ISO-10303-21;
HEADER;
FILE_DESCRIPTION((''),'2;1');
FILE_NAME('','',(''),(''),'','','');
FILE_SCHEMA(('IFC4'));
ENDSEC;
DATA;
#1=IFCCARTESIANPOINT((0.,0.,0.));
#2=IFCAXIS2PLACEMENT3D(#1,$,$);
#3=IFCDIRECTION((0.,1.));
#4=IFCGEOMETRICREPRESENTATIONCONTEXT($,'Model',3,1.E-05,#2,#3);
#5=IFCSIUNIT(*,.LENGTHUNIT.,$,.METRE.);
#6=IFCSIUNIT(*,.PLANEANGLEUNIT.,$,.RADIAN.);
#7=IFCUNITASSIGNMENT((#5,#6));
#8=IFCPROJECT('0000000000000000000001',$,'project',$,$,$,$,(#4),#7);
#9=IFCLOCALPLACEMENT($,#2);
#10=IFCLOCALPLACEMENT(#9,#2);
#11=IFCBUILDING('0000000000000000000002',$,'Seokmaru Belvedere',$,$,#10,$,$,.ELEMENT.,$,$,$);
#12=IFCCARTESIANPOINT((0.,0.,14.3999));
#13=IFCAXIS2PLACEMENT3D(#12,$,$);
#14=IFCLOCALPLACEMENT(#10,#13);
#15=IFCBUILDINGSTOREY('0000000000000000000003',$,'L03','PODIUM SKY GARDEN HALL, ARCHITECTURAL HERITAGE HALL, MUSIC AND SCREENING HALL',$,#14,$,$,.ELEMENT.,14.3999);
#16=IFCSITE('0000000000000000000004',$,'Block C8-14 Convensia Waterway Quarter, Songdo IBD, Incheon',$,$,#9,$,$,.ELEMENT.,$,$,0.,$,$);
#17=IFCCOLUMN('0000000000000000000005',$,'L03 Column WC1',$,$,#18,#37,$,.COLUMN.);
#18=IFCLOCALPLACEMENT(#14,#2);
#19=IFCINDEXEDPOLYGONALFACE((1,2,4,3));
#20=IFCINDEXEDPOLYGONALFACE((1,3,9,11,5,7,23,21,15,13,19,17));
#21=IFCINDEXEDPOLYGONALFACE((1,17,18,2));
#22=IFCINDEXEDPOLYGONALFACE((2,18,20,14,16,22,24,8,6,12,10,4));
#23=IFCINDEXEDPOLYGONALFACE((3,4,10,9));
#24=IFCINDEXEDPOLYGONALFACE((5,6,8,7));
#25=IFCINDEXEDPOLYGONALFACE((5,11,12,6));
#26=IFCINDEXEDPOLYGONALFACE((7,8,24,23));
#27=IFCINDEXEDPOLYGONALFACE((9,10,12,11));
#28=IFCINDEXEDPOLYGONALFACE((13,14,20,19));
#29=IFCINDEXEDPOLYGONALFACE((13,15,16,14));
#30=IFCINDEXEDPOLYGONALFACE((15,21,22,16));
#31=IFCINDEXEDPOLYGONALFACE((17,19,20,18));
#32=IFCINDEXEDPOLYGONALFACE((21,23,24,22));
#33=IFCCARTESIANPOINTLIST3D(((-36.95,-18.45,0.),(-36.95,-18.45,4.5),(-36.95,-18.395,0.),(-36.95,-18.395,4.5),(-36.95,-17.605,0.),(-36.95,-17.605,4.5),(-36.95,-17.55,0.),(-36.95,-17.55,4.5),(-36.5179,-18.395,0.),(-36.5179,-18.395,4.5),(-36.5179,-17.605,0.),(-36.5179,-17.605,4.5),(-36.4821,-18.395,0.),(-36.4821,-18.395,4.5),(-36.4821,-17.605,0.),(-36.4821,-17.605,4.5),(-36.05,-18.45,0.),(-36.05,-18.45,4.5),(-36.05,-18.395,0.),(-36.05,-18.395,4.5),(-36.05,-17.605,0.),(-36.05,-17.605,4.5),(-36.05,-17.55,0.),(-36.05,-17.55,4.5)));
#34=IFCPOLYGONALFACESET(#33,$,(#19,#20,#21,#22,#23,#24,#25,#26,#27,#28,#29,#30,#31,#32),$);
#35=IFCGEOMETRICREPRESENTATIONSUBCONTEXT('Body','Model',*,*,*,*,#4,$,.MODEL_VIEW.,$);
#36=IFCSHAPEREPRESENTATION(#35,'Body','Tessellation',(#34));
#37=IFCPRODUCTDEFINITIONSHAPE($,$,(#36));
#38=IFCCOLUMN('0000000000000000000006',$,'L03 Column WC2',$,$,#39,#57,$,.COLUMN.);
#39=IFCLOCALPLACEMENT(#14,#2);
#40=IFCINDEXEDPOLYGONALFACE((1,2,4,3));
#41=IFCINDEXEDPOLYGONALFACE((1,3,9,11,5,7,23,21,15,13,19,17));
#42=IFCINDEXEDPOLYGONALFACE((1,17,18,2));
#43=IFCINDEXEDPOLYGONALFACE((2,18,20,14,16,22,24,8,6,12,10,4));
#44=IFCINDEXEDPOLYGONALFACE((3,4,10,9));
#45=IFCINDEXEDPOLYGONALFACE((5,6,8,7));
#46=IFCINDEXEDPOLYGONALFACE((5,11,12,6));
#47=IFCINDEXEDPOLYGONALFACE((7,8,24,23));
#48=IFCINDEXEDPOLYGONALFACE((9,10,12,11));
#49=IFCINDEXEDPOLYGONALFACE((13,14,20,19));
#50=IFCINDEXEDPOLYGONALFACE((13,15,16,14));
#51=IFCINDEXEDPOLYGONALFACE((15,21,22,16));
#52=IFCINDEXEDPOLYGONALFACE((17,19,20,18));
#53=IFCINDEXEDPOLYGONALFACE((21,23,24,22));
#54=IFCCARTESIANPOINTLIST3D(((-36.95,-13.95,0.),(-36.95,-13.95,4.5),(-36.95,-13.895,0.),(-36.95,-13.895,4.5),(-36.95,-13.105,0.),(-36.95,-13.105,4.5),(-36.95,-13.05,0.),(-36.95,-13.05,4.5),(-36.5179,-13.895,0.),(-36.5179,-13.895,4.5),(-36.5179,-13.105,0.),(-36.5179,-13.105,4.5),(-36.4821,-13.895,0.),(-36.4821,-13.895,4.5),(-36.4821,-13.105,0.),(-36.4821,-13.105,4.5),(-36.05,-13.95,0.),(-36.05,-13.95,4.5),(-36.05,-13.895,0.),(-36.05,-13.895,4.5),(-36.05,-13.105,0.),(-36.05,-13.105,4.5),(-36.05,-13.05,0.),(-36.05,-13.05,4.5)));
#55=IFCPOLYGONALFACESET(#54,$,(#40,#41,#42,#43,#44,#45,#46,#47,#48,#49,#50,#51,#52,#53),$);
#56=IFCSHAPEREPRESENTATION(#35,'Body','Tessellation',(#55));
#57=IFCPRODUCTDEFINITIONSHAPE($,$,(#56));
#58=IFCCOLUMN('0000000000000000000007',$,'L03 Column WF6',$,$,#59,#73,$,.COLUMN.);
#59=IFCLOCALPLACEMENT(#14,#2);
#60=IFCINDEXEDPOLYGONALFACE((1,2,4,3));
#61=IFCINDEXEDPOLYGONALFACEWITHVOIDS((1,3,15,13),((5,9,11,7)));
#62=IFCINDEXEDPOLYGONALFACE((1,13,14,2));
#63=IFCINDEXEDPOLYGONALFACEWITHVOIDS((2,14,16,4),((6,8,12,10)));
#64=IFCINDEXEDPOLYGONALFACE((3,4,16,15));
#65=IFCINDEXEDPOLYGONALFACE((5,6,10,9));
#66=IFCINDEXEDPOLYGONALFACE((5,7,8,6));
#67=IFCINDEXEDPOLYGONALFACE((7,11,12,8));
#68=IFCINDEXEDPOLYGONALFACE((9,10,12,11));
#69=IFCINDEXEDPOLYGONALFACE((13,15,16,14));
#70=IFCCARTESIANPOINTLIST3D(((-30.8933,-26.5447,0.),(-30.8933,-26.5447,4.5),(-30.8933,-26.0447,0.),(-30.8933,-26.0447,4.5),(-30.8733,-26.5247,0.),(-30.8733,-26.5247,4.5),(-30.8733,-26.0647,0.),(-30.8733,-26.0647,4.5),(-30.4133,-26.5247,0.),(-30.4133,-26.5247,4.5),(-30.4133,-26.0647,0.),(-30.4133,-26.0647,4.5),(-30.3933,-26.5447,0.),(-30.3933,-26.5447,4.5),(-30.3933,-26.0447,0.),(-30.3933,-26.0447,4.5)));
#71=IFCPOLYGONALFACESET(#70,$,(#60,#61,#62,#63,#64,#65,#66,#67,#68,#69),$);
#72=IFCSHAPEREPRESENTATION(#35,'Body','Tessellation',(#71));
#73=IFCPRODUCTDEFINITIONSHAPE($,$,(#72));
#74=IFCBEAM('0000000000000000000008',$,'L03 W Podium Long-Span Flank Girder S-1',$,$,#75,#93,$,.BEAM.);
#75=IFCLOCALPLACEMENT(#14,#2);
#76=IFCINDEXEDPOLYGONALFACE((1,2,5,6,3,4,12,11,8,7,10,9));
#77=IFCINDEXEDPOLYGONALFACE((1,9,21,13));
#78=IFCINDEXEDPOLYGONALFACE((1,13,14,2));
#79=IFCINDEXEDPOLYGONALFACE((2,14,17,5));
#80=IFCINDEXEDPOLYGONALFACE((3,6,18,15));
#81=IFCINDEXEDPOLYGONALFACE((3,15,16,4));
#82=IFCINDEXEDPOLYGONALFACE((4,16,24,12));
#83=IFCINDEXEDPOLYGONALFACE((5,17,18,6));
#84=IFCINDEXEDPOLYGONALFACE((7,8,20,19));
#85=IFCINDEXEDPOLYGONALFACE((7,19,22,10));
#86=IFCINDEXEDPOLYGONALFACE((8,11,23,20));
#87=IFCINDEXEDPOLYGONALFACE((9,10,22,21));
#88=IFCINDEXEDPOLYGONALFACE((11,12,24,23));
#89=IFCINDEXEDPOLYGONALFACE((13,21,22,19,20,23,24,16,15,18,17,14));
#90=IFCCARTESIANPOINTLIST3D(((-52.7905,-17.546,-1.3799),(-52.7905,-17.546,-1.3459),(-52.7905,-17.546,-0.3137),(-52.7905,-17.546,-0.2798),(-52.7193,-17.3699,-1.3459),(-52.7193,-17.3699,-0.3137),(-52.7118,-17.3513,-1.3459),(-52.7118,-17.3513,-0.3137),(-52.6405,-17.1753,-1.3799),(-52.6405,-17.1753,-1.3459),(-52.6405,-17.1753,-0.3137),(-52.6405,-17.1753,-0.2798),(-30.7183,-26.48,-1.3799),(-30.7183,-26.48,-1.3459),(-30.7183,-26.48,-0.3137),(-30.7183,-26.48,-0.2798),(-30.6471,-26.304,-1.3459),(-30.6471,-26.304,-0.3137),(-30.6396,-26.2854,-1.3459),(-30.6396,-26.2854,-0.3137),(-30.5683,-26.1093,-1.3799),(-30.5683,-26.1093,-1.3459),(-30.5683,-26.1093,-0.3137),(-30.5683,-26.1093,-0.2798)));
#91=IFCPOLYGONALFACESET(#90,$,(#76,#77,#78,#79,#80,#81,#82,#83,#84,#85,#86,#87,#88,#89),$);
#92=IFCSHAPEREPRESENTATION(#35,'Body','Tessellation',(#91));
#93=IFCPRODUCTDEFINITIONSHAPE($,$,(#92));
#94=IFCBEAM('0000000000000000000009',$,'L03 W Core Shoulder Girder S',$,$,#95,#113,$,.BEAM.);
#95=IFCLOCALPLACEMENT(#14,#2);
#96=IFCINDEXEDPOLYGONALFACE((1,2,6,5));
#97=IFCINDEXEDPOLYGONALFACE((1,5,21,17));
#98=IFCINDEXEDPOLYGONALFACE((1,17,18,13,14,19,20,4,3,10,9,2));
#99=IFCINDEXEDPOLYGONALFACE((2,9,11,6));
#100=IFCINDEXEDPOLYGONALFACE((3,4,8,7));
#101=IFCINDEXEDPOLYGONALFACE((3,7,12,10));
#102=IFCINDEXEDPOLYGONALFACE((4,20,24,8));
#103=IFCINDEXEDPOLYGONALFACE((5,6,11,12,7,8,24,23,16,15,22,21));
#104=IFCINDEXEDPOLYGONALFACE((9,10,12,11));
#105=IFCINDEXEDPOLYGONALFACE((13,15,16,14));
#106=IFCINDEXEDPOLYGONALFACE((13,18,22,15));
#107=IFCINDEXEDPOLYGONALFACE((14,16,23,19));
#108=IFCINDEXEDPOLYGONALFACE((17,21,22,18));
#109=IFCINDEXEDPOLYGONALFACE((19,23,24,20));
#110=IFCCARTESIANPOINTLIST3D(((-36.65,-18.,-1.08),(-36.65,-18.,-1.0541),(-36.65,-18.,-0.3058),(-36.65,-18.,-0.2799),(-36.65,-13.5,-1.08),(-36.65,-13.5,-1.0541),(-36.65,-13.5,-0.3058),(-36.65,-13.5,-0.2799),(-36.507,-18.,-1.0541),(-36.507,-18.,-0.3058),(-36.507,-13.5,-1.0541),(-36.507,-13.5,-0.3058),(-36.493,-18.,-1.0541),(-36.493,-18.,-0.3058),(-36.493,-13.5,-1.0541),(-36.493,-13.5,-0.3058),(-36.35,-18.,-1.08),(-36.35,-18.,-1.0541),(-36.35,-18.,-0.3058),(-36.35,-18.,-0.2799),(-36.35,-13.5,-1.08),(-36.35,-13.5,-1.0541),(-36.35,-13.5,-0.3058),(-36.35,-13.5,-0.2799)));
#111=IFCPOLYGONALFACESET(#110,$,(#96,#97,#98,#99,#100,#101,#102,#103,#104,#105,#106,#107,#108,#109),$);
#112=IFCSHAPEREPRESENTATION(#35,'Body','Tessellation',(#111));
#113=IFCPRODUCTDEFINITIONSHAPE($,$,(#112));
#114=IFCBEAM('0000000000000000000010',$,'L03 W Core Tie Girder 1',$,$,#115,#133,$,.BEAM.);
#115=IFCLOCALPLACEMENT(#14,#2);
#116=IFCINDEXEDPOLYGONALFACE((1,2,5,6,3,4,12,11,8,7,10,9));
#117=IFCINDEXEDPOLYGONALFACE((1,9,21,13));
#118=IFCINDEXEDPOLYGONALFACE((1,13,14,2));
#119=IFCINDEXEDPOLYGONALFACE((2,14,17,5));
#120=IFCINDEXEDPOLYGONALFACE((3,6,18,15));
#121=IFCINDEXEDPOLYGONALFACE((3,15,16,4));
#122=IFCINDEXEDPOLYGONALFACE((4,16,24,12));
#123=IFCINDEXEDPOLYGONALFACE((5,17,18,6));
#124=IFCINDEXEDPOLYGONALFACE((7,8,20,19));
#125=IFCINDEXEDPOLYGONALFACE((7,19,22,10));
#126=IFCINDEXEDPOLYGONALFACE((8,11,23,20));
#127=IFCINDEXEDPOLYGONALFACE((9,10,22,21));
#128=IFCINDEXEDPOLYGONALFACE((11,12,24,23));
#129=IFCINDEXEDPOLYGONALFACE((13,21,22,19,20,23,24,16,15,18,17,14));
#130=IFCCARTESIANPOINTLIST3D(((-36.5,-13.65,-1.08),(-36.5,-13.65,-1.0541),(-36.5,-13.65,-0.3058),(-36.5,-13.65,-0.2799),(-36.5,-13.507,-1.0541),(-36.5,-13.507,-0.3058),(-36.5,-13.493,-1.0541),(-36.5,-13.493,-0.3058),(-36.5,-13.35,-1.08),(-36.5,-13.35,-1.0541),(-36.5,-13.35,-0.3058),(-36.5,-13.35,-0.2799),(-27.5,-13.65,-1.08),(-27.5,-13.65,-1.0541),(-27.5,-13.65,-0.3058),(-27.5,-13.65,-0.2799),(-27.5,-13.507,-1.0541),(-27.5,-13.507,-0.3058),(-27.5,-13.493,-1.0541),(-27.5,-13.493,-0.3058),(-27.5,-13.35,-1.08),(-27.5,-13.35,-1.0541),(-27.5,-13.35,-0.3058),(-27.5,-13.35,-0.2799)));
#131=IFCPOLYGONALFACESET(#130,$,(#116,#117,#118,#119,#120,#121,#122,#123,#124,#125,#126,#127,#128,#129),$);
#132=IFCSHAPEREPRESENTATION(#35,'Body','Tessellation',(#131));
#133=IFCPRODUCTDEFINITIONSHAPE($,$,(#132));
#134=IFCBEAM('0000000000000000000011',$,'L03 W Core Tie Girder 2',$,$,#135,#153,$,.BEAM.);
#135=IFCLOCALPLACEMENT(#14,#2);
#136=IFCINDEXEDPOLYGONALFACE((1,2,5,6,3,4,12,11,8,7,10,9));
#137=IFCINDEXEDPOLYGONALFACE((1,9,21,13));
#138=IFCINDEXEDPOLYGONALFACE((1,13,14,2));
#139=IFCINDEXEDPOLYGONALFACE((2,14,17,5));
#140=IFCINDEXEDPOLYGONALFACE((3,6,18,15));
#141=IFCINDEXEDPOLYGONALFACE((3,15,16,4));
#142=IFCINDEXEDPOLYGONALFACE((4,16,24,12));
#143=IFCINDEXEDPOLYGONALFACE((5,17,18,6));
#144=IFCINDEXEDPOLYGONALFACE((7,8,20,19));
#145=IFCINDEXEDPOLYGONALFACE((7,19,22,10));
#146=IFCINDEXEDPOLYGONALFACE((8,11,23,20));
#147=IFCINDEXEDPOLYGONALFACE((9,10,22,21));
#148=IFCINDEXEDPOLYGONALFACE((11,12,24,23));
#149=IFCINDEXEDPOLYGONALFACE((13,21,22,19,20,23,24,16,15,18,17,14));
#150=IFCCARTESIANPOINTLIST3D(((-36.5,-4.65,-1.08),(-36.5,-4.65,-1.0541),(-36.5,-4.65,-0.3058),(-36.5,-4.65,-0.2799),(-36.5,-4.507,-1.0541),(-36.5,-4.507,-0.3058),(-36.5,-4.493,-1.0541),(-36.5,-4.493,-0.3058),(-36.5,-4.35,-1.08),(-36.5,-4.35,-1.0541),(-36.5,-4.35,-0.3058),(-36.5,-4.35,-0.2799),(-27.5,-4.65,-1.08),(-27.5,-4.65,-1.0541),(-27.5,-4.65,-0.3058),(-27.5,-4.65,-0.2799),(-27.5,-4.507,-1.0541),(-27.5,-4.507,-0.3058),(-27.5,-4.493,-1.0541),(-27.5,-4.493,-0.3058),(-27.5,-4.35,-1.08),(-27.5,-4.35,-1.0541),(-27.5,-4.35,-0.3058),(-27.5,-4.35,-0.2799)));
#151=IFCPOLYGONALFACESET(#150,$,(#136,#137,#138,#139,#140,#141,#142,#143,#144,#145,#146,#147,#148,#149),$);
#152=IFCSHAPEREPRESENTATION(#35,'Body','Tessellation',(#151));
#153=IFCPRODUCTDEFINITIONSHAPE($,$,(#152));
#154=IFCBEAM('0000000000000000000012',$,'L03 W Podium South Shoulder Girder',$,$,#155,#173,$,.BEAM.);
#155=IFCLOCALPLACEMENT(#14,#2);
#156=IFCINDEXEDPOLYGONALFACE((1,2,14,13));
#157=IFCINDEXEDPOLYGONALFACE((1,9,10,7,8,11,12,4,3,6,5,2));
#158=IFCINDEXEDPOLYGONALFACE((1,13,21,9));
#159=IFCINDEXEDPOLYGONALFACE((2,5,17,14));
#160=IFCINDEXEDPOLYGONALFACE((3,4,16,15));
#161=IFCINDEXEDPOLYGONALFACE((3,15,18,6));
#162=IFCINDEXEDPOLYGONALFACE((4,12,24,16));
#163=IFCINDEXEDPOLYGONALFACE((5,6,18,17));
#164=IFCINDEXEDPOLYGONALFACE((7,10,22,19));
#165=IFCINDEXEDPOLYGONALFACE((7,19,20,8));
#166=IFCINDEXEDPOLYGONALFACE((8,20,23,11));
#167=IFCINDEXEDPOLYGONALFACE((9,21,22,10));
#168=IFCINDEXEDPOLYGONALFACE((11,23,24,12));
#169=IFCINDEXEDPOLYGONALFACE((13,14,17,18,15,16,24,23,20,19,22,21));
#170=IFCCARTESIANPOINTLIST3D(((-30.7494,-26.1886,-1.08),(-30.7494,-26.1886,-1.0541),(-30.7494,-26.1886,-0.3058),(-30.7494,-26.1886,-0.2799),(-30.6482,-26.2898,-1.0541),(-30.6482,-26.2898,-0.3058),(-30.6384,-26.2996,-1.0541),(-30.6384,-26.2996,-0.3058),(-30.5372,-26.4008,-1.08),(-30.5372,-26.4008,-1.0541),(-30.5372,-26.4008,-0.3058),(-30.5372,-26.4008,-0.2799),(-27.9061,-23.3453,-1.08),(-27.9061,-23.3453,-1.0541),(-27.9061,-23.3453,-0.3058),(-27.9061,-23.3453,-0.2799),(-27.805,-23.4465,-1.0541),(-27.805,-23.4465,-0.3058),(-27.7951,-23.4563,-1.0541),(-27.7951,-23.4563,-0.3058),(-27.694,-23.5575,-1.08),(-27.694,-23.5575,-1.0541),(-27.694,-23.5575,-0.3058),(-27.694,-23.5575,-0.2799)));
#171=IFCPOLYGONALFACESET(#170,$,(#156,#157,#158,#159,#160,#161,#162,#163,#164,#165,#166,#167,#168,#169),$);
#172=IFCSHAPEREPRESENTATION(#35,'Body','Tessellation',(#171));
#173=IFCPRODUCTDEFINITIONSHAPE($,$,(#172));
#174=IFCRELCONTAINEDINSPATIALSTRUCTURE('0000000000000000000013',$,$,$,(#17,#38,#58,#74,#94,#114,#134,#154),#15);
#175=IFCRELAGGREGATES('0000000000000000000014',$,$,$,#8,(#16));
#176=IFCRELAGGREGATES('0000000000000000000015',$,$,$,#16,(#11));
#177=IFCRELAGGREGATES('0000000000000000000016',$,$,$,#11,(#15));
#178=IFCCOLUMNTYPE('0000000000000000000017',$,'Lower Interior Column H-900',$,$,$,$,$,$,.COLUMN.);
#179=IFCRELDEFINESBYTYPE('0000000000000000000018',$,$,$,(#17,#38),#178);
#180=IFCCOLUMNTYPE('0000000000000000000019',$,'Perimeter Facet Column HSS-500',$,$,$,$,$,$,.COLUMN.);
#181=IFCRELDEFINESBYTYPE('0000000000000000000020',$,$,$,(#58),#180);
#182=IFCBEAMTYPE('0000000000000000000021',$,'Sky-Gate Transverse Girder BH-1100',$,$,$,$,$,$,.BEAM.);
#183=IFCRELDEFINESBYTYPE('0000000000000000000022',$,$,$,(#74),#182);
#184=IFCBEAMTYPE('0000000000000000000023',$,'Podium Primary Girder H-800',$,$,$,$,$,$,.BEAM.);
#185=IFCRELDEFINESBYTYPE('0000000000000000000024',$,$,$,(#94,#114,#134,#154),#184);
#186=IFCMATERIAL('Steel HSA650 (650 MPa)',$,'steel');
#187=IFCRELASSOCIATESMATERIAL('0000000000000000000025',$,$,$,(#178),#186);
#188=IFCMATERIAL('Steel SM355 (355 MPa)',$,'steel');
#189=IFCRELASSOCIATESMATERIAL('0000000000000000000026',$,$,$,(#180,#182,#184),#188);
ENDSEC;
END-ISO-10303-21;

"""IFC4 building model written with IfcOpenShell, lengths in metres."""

from ifc_helpers import new_model, si_unit, direction, frame, origin, origin_2d, place, context, subcontext, project, spatial, hollow_rectangle, i_section, extrude, source, transform, mapped, material, material_profile, profile_set, type_object, type_shapes, element, save


model = new_model("IFC4")

# Units and contexts
model_context = context("Model", 3, precision=1e-05, world=origin(), true_north=direction((0.0, 1.0)))
body_context = subcontext(model_context, "Body", "Model", "MODEL_VIEW")
ifc_project = project(units=[si_unit("LENGTHUNIT", "METRE"), si_unit("PLANEANGLEUNIT", "RADIAN")], contexts=[model_context])

# Site, building, storey
site_placement = place(None, origin())
site = spatial("IfcSite", under=ifc_project, at=site_placement, Name="Block C8-14 Convensia Waterway Quarter, Songdo IBD, Incheon", CompositionType="ELEMENT", RefElevation=0.0)
building_placement = place(site_placement, origin())
building = spatial("IfcBuilding", under=site, at=building_placement, Name="Seokmaru Belvedere", CompositionType="ELEMENT")
storey_placement = place(building_placement, frame((0.0, 0.0, 14.3999)))
storey = spatial("IfcBuildingStorey", under=building, at=storey_placement, Name="L03", Description="PODIUM SKY GARDEN HALL, ARCHITECTURAL HERITAGE HALL, MUSIC AND SCREENING HALL", CompositionType="ELEMENT", Elevation=14.3999)

# Columns
ifc_material_1 = material(Name="Steel HSA650 (650 MPa)", Category="steel")
ifc_material_profile_1 = material_profile(ifc_material_1, i_section(OverallWidth=0.8999, OverallDepth=0.8999, WebThickness=0.0359, FlangeThickness=0.0549, at=origin_2d()), Name="H-900x900x36x55")
ifc_profile_set_1 = profile_set([ifc_material_profile_1], Name="Steel HSA650 (650 MPa)")
column_type_1 = type_object("IfcColumnType", Name="Lower Interior Column H-900", PredefinedType="COLUMN", material=ifc_profile_set_1)
shared_shape_1 = source(origin(), body_context, "Body", "SweptSolid", [
    extrude(i_section(OverallWidth=0.8999, OverallDepth=0.8999, WebThickness=0.0359, FlangeThickness=0.0549, at=origin_2d()), origin(), (0.0, 0.0, 1.0), 4.5),
])
type_shapes(column_type_1, [shared_shape_1])
for number, where, z_axis, x_axis, name in (
    (1, (-36.5, -18.0, 0.0), (0.0, 0.0, 1.0), (1.0, 0.0, 0.0), "L03 Column WC1"),
    (2, (-36.5, -13.5, 0.0), (0.0, 0.0, 1.0), (1.0, 0.0, 0.0), "L03 Column WC2"),
):
    element("IfcColumn", number, at=place(storey_placement, frame(where, z_axis=z_axis, x_axis=x_axis)), inside=storey, type_object=column_type_1, Name=name, PredefinedType="COLUMN", context=body_context, shape_type="MappedRepresentation", body=[
        mapped(shared_shape_1, transform((0.0, 0.0, 0.0), scale=1.0)),
    ])
ifc_material_2 = material(Name="Steel SM355 (355 MPa)", Category="steel")
ifc_material_profile_2 = material_profile(ifc_material_2, hollow_rectangle(XDim=0.5, YDim=0.5, WallThickness=0.02, at=origin_2d()), Name="HSS-500x500x20")
ifc_profile_set_2 = profile_set([ifc_material_profile_2], Name="Steel SM355 (355 MPa)")
column_type_2 = type_object("IfcColumnType", Name="Perimeter Facet Column HSS-500", PredefinedType="COLUMN", material=ifc_profile_set_2)
shared_shape_2 = source(origin(), body_context, "Body", "SweptSolid", [
    extrude(hollow_rectangle(XDim=0.5, YDim=0.5, WallThickness=0.02, at=origin_2d()), origin(), (0.0, 0.0, 1.0), 4.5),
])
type_shapes(column_type_2, [shared_shape_2])
column_placement = place(storey_placement, frame((-30.6433, -26.2947, 0.0), z_axis=(0.0, 0.0, 1.0), x_axis=(1.0, 0.0, 0.0)))
element("IfcColumn", 3, at=column_placement, inside=storey, type_object=column_type_2, Name="L03 Column WF6", PredefinedType="COLUMN", context=body_context, shape_type="MappedRepresentation", body=[
    mapped(shared_shape_2, transform((0.0, 0.0, 0.0), scale=1.0)),
])

# Beams
ifc_material_profile_3 = material_profile(ifc_material_2, i_section(OverallWidth=0.3999, OverallDepth=1.1001, WebThickness=0.02, FlangeThickness=0.0339, at=origin_2d()), Name="BH-1100x400x20x34")
ifc_profile_set_3 = profile_set([ifc_material_profile_3], Name="Steel SM355 (355 MPa)")
beam_type_1 = type_object("IfcBeamType", Name="Sky-Gate Transverse Girder BH-1100", PredefinedType="BEAM", material=ifc_profile_set_3)
shared_shape_3 = source(origin(), body_context, "Body", "SweptSolid", [
    extrude(i_section(OverallWidth=0.3999, OverallDepth=1.1001, WebThickness=0.02, FlangeThickness=0.0339, at=origin_2d()), origin(), (0.0, 0.0, 1.0), 23.8118),
])
type_shapes(beam_type_1, [shared_shape_3])
beam_1_placement = place(storey_placement, frame((-30.6433, -26.2947, -0.8298), z_axis=(-0.926946, 0.375195, 0.0), x_axis=(-0.375195, -0.926946, 0.0)))
element("IfcBeam", 4, at=beam_1_placement, inside=storey, type_object=beam_type_1, Name="L03 W Podium Long-Span Flank Girder S-1", PredefinedType="BEAM", context=body_context, shape_type="MappedRepresentation", body=[
    mapped(shared_shape_3, transform((0.0, 0.0, 0.0), scale=1.0)),
])
ifc_material_profile_4 = material_profile(ifc_material_2, i_section(OverallWidth=0.3, OverallDepth=0.8, WebThickness=0.0139, FlangeThickness=0.0259, at=origin_2d()), Name="H-800x300x14x26")
ifc_profile_set_4 = profile_set([ifc_material_profile_4], Name="Steel SM355 (355 MPa)")
beam_type_2 = type_object("IfcBeamType", Name="Podium Primary Girder H-800", PredefinedType="BEAM", material=ifc_profile_set_4)
shared_shape_4 = source(origin(), body_context, "Body", "SweptSolid", [
    extrude(i_section(OverallWidth=0.3, OverallDepth=0.8, WebThickness=0.0139, FlangeThickness=0.0259, at=origin_2d()), origin(), (0.0, 0.0, 1.0), 4.5),
])
beam_2_placement = place(storey_placement, frame((-36.5, -18.0, -0.6799), z_axis=(0.0, 1.0, 0.0), x_axis=(-1.0, 0.0, 0.0)))
element("IfcBeam", 5, at=beam_2_placement, inside=storey, type_object=beam_type_2, Name="L03 W Core Shoulder Girder S", PredefinedType="BEAM", context=body_context, shape_type="MappedRepresentation", body=[
    mapped(shared_shape_4, transform((0.0, 0.0, 0.0), scale=1.0)),
])
shared_shape_5 = source(origin(), body_context, "Body", "SweptSolid", [
    extrude(i_section(OverallWidth=0.3, OverallDepth=0.8, WebThickness=0.0139, FlangeThickness=0.0259, at=origin_2d()), origin(), (0.0, 0.0, 1.0), 9.0),
])
for number, where, z_axis, x_axis, name in (
    (6, (-36.5, -13.5, -0.6799), (1.0, 0.0, 0.0), (0.0, 1.0, 0.0), "L03 W Core Tie Girder 1"),
    (7, (-36.5, -4.5, -0.6799), (1.0, 0.0, 0.0), (0.0, 1.0, 0.0), "L03 W Core Tie Girder 2"),
):
    element("IfcBeam", number, at=place(storey_placement, frame(where, z_axis=z_axis, x_axis=x_axis)), inside=storey, type_object=beam_type_2, Name=name, PredefinedType="BEAM", context=body_context, shape_type="MappedRepresentation", body=[
        mapped(shared_shape_5, transform((0.0, 0.0, 0.0), scale=1.0)),
    ])
shared_shape_6 = source(origin(), body_context, "Body", "SweptSolid", [
    extrude(i_section(OverallWidth=0.3, OverallDepth=0.8, WebThickness=0.0139, FlangeThickness=0.0259, at=origin_2d()), origin(), (0.0, 0.0, 1.0), 4.021),
])
type_shapes(beam_type_2, [shared_shape_4, shared_shape_5, shared_shape_6])
beam_3_placement = place(storey_placement, frame((-30.6433, -26.2947, -0.6799), z_axis=(0.707107, 0.707107, 0.0), x_axis=(-0.707107, 0.707107, 0.0)))
element("IfcBeam", 8, at=beam_3_placement, inside=storey, type_object=beam_type_2, Name="L03 W Podium South Shoulder Girder", PredefinedType="BEAM", context=body_context, shape_type="MappedRepresentation", body=[
    mapped(shared_shape_6, transform((0.0, 0.0, 0.0), scale=1.0)),
])

save(model, "model.ifc")
